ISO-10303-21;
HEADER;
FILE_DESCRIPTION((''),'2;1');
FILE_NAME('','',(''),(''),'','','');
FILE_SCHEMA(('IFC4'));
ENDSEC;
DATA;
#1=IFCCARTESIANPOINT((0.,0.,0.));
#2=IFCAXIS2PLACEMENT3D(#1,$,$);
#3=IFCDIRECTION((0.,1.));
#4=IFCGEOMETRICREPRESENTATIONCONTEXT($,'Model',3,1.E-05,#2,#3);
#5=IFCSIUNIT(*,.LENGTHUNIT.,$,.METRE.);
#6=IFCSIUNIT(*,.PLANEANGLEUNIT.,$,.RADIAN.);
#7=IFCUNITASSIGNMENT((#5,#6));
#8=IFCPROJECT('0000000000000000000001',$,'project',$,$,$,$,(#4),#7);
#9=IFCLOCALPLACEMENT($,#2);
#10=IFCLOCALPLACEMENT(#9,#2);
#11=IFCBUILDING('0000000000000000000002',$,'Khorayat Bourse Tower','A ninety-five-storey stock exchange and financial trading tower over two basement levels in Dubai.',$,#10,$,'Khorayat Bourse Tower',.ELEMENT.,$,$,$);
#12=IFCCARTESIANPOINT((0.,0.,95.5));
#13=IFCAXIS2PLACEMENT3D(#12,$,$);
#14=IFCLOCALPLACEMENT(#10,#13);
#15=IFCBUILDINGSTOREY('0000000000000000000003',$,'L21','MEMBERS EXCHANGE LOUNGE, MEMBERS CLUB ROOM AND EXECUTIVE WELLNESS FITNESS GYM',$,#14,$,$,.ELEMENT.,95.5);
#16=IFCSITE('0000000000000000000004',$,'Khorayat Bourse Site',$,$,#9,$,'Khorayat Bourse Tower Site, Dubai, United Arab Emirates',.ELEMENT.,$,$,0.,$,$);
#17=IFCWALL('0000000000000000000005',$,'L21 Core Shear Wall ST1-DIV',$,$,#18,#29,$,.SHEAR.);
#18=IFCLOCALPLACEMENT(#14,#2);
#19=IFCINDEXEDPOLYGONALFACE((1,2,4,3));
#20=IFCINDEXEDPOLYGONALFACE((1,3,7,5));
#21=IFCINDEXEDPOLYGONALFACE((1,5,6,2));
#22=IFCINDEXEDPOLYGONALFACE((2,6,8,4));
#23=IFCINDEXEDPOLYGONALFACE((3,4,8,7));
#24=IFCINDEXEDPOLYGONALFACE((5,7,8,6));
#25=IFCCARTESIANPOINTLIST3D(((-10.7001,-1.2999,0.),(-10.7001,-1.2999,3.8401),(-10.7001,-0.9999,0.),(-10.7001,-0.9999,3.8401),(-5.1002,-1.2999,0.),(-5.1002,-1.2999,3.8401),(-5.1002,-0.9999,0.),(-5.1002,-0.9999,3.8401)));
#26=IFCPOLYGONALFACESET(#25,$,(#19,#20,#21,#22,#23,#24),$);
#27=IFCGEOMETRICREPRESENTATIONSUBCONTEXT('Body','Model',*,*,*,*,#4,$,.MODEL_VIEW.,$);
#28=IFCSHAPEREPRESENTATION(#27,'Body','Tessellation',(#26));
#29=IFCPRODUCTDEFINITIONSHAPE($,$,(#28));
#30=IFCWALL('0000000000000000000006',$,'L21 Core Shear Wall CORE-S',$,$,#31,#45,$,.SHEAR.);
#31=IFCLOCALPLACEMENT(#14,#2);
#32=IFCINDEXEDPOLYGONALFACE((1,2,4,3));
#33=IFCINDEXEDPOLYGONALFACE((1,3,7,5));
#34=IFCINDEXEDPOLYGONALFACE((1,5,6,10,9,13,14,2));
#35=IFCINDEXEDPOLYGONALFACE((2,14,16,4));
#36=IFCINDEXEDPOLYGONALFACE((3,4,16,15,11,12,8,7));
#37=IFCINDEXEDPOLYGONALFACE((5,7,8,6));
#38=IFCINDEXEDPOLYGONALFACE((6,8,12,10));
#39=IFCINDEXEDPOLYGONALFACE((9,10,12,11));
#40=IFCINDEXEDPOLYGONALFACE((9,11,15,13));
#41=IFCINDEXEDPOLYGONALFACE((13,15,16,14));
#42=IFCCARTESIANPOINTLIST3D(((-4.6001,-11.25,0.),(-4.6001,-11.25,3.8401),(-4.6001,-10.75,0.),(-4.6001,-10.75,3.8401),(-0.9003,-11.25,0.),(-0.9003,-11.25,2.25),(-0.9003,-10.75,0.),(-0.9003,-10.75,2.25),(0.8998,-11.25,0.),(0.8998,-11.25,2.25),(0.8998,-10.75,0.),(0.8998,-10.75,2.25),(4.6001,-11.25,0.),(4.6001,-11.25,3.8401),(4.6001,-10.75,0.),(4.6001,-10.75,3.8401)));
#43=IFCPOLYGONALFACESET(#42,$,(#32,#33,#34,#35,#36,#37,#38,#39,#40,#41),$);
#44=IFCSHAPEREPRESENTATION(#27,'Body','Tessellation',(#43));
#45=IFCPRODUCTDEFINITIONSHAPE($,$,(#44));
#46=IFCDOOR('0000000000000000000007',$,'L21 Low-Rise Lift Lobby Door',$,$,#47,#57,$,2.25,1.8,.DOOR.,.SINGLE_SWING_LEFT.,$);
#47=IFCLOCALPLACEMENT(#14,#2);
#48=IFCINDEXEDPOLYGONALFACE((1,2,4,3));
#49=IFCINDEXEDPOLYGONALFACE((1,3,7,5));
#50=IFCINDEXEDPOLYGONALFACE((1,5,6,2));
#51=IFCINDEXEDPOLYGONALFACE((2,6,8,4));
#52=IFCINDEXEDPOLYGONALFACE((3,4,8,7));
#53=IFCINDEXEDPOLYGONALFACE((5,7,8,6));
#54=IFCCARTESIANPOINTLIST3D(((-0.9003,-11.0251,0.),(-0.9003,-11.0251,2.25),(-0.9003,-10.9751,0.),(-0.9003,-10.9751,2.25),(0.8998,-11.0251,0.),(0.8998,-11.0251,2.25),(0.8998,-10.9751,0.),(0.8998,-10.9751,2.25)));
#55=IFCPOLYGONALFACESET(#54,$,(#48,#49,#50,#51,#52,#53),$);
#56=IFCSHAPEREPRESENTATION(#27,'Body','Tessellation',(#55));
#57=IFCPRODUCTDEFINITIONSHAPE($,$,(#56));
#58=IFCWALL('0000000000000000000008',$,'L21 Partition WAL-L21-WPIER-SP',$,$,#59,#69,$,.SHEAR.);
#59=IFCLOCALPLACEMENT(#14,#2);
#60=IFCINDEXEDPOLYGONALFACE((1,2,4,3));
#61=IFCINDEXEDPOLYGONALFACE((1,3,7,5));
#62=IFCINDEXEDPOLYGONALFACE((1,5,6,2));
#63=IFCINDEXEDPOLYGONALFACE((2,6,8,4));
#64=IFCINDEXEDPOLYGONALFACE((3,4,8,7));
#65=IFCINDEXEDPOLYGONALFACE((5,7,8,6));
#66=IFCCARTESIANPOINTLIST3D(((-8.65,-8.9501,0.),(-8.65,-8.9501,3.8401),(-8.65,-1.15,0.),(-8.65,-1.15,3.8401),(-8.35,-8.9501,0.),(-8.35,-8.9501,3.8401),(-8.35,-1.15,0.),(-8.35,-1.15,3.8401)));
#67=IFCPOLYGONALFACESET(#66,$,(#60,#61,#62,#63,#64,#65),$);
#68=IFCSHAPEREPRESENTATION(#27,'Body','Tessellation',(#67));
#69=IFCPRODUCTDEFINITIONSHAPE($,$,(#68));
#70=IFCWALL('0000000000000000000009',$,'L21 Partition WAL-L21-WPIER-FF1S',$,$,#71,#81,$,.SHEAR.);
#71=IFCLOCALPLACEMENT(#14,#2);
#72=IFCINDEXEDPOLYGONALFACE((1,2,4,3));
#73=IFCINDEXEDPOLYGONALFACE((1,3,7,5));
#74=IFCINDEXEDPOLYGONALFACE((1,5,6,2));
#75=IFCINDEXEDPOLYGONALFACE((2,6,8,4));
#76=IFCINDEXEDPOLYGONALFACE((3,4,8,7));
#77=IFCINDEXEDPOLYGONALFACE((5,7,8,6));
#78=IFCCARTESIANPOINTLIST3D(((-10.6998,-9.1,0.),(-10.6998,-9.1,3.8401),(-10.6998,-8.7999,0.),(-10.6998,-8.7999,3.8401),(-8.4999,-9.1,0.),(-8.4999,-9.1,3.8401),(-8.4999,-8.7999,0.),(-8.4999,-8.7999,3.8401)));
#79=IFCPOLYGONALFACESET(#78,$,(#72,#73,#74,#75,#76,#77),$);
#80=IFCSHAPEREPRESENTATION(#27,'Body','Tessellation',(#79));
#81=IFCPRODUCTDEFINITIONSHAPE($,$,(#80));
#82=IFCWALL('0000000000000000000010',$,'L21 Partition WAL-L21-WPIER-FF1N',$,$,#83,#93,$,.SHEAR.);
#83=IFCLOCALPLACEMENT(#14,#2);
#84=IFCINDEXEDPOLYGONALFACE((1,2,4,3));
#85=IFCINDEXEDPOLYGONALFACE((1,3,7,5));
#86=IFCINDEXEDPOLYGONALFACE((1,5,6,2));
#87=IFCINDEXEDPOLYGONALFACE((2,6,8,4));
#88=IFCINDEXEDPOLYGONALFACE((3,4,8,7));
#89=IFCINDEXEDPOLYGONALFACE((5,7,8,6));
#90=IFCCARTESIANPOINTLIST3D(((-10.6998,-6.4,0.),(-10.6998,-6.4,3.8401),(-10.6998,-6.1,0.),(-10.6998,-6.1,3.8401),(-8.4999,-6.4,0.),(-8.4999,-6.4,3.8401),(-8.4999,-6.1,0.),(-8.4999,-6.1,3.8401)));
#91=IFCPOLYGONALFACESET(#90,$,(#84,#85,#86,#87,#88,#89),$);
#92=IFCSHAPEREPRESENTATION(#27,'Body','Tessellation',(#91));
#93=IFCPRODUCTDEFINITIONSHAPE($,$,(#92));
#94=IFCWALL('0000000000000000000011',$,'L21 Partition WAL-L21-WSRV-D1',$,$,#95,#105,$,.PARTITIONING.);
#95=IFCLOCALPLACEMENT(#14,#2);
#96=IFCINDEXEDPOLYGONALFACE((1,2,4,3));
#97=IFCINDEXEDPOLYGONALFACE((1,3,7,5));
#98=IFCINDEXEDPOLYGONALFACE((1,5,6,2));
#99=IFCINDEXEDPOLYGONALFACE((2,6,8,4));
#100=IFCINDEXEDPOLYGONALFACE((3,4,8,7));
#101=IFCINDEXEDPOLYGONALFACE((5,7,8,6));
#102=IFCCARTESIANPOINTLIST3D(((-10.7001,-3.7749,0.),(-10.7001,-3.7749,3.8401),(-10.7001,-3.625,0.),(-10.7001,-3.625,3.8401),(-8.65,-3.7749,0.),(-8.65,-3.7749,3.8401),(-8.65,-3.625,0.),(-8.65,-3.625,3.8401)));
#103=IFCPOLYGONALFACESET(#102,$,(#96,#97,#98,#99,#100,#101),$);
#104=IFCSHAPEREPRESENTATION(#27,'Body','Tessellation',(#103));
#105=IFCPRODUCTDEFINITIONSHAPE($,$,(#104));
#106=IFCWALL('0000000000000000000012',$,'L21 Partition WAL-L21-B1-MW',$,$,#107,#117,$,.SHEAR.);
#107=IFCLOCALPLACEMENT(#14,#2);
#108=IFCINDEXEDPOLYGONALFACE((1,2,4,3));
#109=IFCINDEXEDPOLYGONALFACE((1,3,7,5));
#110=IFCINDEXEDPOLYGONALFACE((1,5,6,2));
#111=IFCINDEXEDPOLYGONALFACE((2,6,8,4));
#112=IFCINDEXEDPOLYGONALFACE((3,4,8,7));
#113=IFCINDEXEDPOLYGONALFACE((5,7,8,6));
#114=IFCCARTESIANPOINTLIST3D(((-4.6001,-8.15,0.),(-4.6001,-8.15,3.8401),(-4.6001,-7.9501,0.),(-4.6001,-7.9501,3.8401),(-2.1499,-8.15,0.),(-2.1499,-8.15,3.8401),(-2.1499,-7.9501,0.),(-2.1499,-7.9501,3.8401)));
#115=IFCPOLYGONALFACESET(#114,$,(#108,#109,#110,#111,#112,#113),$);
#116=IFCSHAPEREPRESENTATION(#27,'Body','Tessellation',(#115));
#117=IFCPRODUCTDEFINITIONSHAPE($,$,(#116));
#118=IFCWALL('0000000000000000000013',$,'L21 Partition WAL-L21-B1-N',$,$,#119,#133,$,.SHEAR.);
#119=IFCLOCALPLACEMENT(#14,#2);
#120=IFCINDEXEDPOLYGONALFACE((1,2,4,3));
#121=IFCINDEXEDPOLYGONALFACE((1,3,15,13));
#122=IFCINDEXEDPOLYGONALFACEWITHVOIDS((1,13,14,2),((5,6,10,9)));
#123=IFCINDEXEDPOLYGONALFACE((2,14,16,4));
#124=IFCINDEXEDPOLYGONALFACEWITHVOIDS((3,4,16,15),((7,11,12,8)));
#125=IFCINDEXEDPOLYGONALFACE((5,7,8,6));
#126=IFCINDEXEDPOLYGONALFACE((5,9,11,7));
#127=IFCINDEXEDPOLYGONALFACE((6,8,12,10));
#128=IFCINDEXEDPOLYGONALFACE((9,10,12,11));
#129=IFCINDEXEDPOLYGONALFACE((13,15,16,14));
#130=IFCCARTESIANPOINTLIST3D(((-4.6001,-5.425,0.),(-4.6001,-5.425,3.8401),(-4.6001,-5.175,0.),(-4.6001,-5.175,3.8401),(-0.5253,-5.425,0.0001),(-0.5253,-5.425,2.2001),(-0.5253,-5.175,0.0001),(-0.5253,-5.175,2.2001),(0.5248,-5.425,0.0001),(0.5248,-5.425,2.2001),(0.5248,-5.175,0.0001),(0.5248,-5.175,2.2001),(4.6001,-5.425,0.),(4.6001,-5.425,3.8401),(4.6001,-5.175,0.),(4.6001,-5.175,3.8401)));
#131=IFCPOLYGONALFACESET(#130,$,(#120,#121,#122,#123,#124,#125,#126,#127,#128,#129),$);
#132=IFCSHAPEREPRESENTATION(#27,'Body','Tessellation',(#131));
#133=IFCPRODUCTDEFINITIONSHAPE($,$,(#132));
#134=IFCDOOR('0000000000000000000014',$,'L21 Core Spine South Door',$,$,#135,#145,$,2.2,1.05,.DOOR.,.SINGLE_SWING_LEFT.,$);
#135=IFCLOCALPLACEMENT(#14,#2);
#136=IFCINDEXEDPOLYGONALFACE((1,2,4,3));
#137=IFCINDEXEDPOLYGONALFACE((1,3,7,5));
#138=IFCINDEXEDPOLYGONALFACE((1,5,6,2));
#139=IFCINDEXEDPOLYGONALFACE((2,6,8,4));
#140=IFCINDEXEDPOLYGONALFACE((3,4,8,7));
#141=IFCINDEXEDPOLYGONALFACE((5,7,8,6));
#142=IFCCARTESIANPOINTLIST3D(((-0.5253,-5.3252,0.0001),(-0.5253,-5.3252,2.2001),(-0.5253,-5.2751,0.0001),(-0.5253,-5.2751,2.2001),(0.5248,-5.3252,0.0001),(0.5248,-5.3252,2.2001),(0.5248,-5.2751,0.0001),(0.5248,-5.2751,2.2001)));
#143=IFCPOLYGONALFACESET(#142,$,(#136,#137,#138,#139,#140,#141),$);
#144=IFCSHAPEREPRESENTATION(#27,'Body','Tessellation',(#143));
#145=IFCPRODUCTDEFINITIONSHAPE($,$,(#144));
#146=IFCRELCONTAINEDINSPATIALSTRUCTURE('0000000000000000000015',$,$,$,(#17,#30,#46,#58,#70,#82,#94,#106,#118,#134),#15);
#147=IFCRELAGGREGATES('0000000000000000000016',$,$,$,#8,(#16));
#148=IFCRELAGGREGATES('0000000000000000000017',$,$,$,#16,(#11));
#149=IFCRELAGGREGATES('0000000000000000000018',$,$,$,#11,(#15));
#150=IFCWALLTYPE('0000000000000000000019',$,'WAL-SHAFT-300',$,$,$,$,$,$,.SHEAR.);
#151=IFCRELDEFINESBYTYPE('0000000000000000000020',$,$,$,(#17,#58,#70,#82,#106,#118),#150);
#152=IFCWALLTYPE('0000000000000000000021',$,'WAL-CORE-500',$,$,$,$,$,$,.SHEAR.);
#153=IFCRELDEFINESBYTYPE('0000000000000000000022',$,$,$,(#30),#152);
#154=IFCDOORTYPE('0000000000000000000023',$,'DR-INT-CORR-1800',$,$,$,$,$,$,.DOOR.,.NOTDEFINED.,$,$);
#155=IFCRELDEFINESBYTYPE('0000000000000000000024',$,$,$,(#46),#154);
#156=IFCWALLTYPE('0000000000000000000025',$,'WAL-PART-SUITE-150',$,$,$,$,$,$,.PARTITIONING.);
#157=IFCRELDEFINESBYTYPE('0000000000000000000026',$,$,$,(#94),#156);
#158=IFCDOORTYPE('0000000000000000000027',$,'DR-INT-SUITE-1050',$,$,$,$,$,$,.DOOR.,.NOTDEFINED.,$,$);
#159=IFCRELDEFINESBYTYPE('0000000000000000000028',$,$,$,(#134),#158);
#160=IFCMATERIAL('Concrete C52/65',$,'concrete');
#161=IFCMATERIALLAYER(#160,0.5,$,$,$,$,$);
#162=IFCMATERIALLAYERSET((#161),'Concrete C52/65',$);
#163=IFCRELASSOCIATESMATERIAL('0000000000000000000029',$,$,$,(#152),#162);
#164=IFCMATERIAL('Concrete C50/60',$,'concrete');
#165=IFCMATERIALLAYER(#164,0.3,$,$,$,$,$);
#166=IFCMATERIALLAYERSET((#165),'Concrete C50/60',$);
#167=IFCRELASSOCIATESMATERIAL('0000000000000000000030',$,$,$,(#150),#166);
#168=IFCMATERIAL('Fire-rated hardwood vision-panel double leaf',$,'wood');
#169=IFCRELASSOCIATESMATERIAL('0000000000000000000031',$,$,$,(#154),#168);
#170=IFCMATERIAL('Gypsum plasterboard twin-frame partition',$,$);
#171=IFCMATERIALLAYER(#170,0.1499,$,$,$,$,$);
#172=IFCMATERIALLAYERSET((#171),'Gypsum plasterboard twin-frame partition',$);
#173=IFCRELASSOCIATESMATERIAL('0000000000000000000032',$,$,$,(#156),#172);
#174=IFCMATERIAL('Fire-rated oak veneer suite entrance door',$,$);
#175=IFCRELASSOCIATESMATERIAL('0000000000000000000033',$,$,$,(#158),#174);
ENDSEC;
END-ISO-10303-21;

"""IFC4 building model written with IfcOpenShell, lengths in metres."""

from ifc_helpers import new_model, si_unit, direction, frame, frame_2d, origin, place, context, subcontext, project, spatial, rectangle, extrude, source, transform, mapped, material, layer, layer_set, type_object, element, fill, save


model = new_model("IFC4")

# Units and contexts
model_context = context("Model", 3, precision=1e-05, world=origin(), true_north=direction((0.0, 1.0)))
body_context = subcontext(model_context, "Body", "Model", "MODEL_VIEW")
ifc_project = project(units=[si_unit("LENGTHUNIT", "METRE"), si_unit("PLANEANGLEUNIT", "RADIAN")], contexts=[model_context])

# Site, building, storey
site_placement = place(None, origin())
site = spatial("IfcSite", under=ifc_project, at=site_placement, Name="Khorayat Bourse Site", LongName="Khorayat Bourse Tower Site, Dubai, United Arab Emirates", CompositionType="ELEMENT", RefElevation=0.0)
building_placement = place(site_placement, origin())
building = spatial("IfcBuilding", under=site, at=building_placement, Name="Khorayat Bourse Tower", Description="A ninety-five-storey stock exchange and financial trading tower over two basement levels in Dubai.", LongName="Khorayat Bourse Tower", CompositionType="ELEMENT")
storey_placement = place(building_placement, frame((0.0, 0.0, 95.5)))
storey = spatial("IfcBuildingStorey", under=building, at=storey_placement, Name="L21", Description="MEMBERS EXCHANGE LOUNGE, MEMBERS CLUB ROOM AND EXECUTIVE WELLNESS FITNESS GYM", CompositionType="ELEMENT", Elevation=95.5)

# Wall
ifc_material_1 = material(Name="Concrete C52/65", Category="concrete")
ifc_layer_1 = layer(ifc_material_1, 0.5)
ifc_layer_set_1 = layer_set([ifc_layer_1], Name="Concrete C52/65")
wall_type_1 = type_object("IfcWallType", Name="WAL-CORE-500", PredefinedType="SHEAR", material=ifc_layer_set_1)
ifc_material_2 = material(Name="Concrete C50/60", Category="concrete")
ifc_layer_2 = layer(ifc_material_2, 0.3)
ifc_layer_set_2 = layer_set([ifc_layer_2], Name="Concrete C50/60")
wall_type_2 = type_object("IfcWallType", Name="WAL-SHAFT-300", PredefinedType="SHEAR", material=ifc_layer_set_2)
shared_shape_1 = source(origin(), body_context, "Body", "SweptSolid", [
    extrude(rectangle(XDim=5.5999, YDim=0.3, at=frame_2d((2.7998, 0.0))), origin(), (0.0, 0.0, 1.0), 3.8401),
])
wall_1_placement = place(storey_placement, frame((-10.7, -1.1499, 0.0), z_axis=(0.0, 0.0, 1.0), x_axis=(1.0, 0.0, 0.0)))
element("IfcWall", 1, at=wall_1_placement, inside=storey, type_object=wall_type_2, Name="L21 Core Shear Wall ST1-DIV", PredefinedType="SHEAR", context=body_context, shape_type="MappedRepresentation", body=[
    mapped(shared_shape_1, transform((0.0, 0.0, 0.0), scale=1.0)),
])

# Wall, opening, door
shared_shape_2 = source(origin(), body_context, "Body", "SweptSolid", [
    extrude(rectangle(XDim=9.2002, YDim=0.5, at=frame_2d((4.6001, 0.0))), origin(), (0.0, 0.0, 1.0), 3.8401),
])
wall_2_placement = place(storey_placement, frame((-4.6001, -11.0, 0.0), z_axis=(0.0, 0.0, 1.0), x_axis=(1.0, 0.0, 0.0)))
wall_2 = element("IfcWall", 2, at=wall_2_placement, inside=storey, type_object=wall_type_1, Name="L21 Core Shear Wall CORE-S", PredefinedType="SHEAR", context=body_context, shape_type="MappedRepresentation", body=[
    mapped(shared_shape_2, transform((0.0, 0.0, 0.0), scale=1.0)),
])
shared_shape_3 = source(origin(), body_context, "Body", "SweptSolid", [
    extrude(rectangle(XDim=1.8, YDim=2.25, at=frame_2d((0.8999, 1.125))), frame((0.0, 0.26, 0.0), z_axis=(0.0, -1.0, 0.0), x_axis=(1.0, 0.0, 0.0)), (0.0, 0.0, 1.0), 0.52),
])
opening_1_placement = place(wall_2_placement, frame((3.7, 0.0, 0.0)))
opening_1 = element("IfcOpeningElement", 3, at=opening_1_placement, cuts=wall_2, PredefinedType="OPENING", context=body_context, shape_type="MappedRepresentation", body=[
    mapped(shared_shape_3, transform((0.0, 0.0, 0.0), scale=1.0)),
])
ifc_material_3 = material(Name="Fire-rated hardwood vision-panel double leaf", Category="wood")
door_type_1 = type_object("IfcDoorType", Name="DR-INT-CORR-1800", OperationType="NOTDEFINED", PredefinedType="DOOR", material=ifc_material_3)
shared_shape_4 = source(origin(), body_context, "Body", "SweptSolid", [
    extrude(rectangle(XDim=1.8, YDim=2.25, at=frame_2d((0.8999, 1.125))), frame((0.0, 0.0249, 0.0), z_axis=(0.0, -1.0, 0.0), x_axis=(1.0, 0.0, 0.0)), (0.0, 0.0, 1.0), 0.05),
])
door_1_placement = place(opening_1_placement, origin())
door_1 = element("IfcDoor", 4, at=door_1_placement, inside=storey, type_object=door_type_1, Name="L21 Low-Rise Lift Lobby Door", OperationType="SINGLE_SWING_LEFT", OverallHeight=2.25, OverallWidth=1.8, PredefinedType="DOOR", context=body_context, shape_type="MappedRepresentation", body=[
    mapped(shared_shape_4, transform((0.0, 0.0, 0.0), scale=1.0)),
])
fill(opening_1, door_1)

# Walls
shared_shape_5 = source(origin(), body_context, "Body", "SweptSolid", [
    extrude(rectangle(XDim=7.8, YDim=0.3, at=frame_2d((3.8999, 0.0))), origin(), (0.0, 0.0, 1.0), 3.8401),
])
wall_3_placement = place(storey_placement, frame((-8.5, -8.95, 0.0), z_axis=(0.0, 0.0, 1.0), x_axis=(0.0, 1.0, 0.0)))
element("IfcWall", 5, at=wall_3_placement, inside=storey, type_object=wall_type_2, Name="L21 Partition WAL-L21-WPIER-SP", PredefinedType="SHEAR", context=body_context, shape_type="MappedRepresentation", body=[
    mapped(shared_shape_5, transform((0.0, 0.0, 0.0), scale=1.0)),
])
shared_shape_6 = source(origin(), body_context, "Body", "SweptSolid", [
    extrude(rectangle(XDim=2.2, YDim=0.3, at=frame_2d((1.1001, 0.0))), origin(), (0.0, 0.0, 1.0), 3.8401),
])
for number, where, z_axis, x_axis, name in (
    (6, (-10.7, -8.95, 0.0), (0.0, 0.0, 1.0), (1.0, 0.0, 0.0), "L21 Partition WAL-L21-WPIER-FF1S"),
    (7, (-10.7, -6.25, 0.0), (0.0, 0.0, 1.0), (1.0, 0.0, 0.0), "L21 Partition WAL-L21-WPIER-FF1N"),
):
    element("IfcWall", number, at=place(storey_placement, frame(where, z_axis=z_axis, x_axis=x_axis)), inside=storey, type_object=wall_type_2, Name=name, PredefinedType="SHEAR", context=body_context, shape_type="MappedRepresentation", body=[
        mapped(shared_shape_6, transform((0.0, 0.0, 0.0), scale=1.0)),
    ])
ifc_material_4 = material(Name="Gypsum plasterboard twin-frame partition")
ifc_layer_3 = layer(ifc_material_4, 0.1499)
ifc_layer_set_3 = layer_set([ifc_layer_3], Name="Gypsum plasterboard twin-frame partition")
wall_type_3 = type_object("IfcWallType", Name="WAL-PART-SUITE-150", PredefinedType="PARTITIONING", material=ifc_layer_set_3)
shared_shape_7 = source(origin(), body_context, "Body", "SweptSolid", [
    extrude(rectangle(XDim=2.05, YDim=0.1499, at=frame_2d((1.0249, 0.0))), origin(), (0.0, 0.0, 1.0), 3.8401),
])
wall_4_placement = place(storey_placement, frame((-10.7, -3.7, 0.0), z_axis=(0.0, 0.0, 1.0), x_axis=(1.0, 0.0, 0.0)))
element("IfcWall", 8, at=wall_4_placement, inside=storey, type_object=wall_type_3, Name="L21 Partition WAL-L21-WSRV-D1", PredefinedType="PARTITIONING", context=body_context, shape_type="MappedRepresentation", body=[
    mapped(shared_shape_7, transform((0.0, 0.0, 0.0), scale=1.0)),
])
shared_shape_8 = source(origin(), body_context, "Body", "SweptSolid", [
    extrude(rectangle(XDim=2.4502, YDim=0.2, at=frame_2d((1.2251, 0.0))), origin(), (0.0, 0.0, 1.0), 3.8401),
])
wall_5_placement = place(storey_placement, frame((-4.6001, -8.05, 0.0), z_axis=(0.0, 0.0, 1.0), x_axis=(1.0, 0.0, 0.0)))
element("IfcWall", 9, at=wall_5_placement, inside=storey, type_object=wall_type_2, Name="L21 Partition WAL-L21-B1-MW", PredefinedType="SHEAR", context=body_context, shape_type="MappedRepresentation", body=[
    mapped(shared_shape_8, transform((0.0, 0.0, 0.0), scale=1.0)),
])

# Wall, opening, door
shared_shape_9 = source(origin(), body_context, "Body", "SweptSolid", [
    extrude(rectangle(XDim=9.2002, YDim=0.25, at=frame_2d((4.6001, 0.0))), origin(), (0.0, 0.0, 1.0), 3.8401),
])
wall_6_placement = place(storey_placement, frame((-4.6001, -5.3, 0.0), z_axis=(0.0, 0.0, 1.0), x_axis=(1.0, 0.0, 0.0)))
wall_6 = element("IfcWall", 10, at=wall_6_placement, inside=storey, type_object=wall_type_2, Name="L21 Partition WAL-L21-B1-N", PredefinedType="SHEAR", context=body_context, shape_type="MappedRepresentation", body=[
    mapped(shared_shape_9, transform((0.0, 0.0, 0.0), scale=1.0)),
])
shared_shape_10 = source(origin(), body_context, "Body", "SweptSolid", [
    extrude(rectangle(XDim=1.05, YDim=2.2, at=frame_2d((0.5249, 1.1001))), frame((0.0, 0.135, 0.0), z_axis=(0.0, -1.0, 0.0), x_axis=(1.0, 0.0, 0.0)), (0.0, 0.0, 1.0), 0.27),
])
opening_2_placement = place(wall_6_placement, frame((4.075, 0.0, 0.0)))
opening_2 = element("IfcOpeningElement", 11, at=opening_2_placement, cuts=wall_6, PredefinedType="OPENING", context=body_context, shape_type="MappedRepresentation", body=[
    mapped(shared_shape_10, transform((0.0, 0.0, 0.0), scale=1.0)),
])
ifc_material_5 = material(Name="Fire-rated oak veneer suite entrance door")
door_type_2 = type_object("IfcDoorType", Name="DR-INT-SUITE-1050", OperationType="NOTDEFINED", PredefinedType="DOOR", material=ifc_material_5)
shared_shape_11 = source(origin(), body_context, "Body", "SweptSolid", [
    extrude(rectangle(XDim=1.05, YDim=2.2, at=frame_2d((0.5249, 1.1001))), frame((0.0, 0.0249, 0.0), z_axis=(0.0, -1.0, 0.0), x_axis=(1.0, 0.0, 0.0)), (0.0, 0.0, 1.0), 0.05),
])
door_2_placement = place(opening_2_placement, origin())
door_2 = element("IfcDoor", 12, at=door_2_placement, inside=storey, type_object=door_type_2, Name="L21 Core Spine South Door", OperationType="SINGLE_SWING_LEFT", OverallHeight=2.2, OverallWidth=1.05, PredefinedType="DOOR", context=body_context, shape_type="MappedRepresentation", body=[
    mapped(shared_shape_11, transform((0.0, 0.0, 0.0), scale=1.0)),
])
fill(opening_2, door_2)

save(model, "model.ifc")
